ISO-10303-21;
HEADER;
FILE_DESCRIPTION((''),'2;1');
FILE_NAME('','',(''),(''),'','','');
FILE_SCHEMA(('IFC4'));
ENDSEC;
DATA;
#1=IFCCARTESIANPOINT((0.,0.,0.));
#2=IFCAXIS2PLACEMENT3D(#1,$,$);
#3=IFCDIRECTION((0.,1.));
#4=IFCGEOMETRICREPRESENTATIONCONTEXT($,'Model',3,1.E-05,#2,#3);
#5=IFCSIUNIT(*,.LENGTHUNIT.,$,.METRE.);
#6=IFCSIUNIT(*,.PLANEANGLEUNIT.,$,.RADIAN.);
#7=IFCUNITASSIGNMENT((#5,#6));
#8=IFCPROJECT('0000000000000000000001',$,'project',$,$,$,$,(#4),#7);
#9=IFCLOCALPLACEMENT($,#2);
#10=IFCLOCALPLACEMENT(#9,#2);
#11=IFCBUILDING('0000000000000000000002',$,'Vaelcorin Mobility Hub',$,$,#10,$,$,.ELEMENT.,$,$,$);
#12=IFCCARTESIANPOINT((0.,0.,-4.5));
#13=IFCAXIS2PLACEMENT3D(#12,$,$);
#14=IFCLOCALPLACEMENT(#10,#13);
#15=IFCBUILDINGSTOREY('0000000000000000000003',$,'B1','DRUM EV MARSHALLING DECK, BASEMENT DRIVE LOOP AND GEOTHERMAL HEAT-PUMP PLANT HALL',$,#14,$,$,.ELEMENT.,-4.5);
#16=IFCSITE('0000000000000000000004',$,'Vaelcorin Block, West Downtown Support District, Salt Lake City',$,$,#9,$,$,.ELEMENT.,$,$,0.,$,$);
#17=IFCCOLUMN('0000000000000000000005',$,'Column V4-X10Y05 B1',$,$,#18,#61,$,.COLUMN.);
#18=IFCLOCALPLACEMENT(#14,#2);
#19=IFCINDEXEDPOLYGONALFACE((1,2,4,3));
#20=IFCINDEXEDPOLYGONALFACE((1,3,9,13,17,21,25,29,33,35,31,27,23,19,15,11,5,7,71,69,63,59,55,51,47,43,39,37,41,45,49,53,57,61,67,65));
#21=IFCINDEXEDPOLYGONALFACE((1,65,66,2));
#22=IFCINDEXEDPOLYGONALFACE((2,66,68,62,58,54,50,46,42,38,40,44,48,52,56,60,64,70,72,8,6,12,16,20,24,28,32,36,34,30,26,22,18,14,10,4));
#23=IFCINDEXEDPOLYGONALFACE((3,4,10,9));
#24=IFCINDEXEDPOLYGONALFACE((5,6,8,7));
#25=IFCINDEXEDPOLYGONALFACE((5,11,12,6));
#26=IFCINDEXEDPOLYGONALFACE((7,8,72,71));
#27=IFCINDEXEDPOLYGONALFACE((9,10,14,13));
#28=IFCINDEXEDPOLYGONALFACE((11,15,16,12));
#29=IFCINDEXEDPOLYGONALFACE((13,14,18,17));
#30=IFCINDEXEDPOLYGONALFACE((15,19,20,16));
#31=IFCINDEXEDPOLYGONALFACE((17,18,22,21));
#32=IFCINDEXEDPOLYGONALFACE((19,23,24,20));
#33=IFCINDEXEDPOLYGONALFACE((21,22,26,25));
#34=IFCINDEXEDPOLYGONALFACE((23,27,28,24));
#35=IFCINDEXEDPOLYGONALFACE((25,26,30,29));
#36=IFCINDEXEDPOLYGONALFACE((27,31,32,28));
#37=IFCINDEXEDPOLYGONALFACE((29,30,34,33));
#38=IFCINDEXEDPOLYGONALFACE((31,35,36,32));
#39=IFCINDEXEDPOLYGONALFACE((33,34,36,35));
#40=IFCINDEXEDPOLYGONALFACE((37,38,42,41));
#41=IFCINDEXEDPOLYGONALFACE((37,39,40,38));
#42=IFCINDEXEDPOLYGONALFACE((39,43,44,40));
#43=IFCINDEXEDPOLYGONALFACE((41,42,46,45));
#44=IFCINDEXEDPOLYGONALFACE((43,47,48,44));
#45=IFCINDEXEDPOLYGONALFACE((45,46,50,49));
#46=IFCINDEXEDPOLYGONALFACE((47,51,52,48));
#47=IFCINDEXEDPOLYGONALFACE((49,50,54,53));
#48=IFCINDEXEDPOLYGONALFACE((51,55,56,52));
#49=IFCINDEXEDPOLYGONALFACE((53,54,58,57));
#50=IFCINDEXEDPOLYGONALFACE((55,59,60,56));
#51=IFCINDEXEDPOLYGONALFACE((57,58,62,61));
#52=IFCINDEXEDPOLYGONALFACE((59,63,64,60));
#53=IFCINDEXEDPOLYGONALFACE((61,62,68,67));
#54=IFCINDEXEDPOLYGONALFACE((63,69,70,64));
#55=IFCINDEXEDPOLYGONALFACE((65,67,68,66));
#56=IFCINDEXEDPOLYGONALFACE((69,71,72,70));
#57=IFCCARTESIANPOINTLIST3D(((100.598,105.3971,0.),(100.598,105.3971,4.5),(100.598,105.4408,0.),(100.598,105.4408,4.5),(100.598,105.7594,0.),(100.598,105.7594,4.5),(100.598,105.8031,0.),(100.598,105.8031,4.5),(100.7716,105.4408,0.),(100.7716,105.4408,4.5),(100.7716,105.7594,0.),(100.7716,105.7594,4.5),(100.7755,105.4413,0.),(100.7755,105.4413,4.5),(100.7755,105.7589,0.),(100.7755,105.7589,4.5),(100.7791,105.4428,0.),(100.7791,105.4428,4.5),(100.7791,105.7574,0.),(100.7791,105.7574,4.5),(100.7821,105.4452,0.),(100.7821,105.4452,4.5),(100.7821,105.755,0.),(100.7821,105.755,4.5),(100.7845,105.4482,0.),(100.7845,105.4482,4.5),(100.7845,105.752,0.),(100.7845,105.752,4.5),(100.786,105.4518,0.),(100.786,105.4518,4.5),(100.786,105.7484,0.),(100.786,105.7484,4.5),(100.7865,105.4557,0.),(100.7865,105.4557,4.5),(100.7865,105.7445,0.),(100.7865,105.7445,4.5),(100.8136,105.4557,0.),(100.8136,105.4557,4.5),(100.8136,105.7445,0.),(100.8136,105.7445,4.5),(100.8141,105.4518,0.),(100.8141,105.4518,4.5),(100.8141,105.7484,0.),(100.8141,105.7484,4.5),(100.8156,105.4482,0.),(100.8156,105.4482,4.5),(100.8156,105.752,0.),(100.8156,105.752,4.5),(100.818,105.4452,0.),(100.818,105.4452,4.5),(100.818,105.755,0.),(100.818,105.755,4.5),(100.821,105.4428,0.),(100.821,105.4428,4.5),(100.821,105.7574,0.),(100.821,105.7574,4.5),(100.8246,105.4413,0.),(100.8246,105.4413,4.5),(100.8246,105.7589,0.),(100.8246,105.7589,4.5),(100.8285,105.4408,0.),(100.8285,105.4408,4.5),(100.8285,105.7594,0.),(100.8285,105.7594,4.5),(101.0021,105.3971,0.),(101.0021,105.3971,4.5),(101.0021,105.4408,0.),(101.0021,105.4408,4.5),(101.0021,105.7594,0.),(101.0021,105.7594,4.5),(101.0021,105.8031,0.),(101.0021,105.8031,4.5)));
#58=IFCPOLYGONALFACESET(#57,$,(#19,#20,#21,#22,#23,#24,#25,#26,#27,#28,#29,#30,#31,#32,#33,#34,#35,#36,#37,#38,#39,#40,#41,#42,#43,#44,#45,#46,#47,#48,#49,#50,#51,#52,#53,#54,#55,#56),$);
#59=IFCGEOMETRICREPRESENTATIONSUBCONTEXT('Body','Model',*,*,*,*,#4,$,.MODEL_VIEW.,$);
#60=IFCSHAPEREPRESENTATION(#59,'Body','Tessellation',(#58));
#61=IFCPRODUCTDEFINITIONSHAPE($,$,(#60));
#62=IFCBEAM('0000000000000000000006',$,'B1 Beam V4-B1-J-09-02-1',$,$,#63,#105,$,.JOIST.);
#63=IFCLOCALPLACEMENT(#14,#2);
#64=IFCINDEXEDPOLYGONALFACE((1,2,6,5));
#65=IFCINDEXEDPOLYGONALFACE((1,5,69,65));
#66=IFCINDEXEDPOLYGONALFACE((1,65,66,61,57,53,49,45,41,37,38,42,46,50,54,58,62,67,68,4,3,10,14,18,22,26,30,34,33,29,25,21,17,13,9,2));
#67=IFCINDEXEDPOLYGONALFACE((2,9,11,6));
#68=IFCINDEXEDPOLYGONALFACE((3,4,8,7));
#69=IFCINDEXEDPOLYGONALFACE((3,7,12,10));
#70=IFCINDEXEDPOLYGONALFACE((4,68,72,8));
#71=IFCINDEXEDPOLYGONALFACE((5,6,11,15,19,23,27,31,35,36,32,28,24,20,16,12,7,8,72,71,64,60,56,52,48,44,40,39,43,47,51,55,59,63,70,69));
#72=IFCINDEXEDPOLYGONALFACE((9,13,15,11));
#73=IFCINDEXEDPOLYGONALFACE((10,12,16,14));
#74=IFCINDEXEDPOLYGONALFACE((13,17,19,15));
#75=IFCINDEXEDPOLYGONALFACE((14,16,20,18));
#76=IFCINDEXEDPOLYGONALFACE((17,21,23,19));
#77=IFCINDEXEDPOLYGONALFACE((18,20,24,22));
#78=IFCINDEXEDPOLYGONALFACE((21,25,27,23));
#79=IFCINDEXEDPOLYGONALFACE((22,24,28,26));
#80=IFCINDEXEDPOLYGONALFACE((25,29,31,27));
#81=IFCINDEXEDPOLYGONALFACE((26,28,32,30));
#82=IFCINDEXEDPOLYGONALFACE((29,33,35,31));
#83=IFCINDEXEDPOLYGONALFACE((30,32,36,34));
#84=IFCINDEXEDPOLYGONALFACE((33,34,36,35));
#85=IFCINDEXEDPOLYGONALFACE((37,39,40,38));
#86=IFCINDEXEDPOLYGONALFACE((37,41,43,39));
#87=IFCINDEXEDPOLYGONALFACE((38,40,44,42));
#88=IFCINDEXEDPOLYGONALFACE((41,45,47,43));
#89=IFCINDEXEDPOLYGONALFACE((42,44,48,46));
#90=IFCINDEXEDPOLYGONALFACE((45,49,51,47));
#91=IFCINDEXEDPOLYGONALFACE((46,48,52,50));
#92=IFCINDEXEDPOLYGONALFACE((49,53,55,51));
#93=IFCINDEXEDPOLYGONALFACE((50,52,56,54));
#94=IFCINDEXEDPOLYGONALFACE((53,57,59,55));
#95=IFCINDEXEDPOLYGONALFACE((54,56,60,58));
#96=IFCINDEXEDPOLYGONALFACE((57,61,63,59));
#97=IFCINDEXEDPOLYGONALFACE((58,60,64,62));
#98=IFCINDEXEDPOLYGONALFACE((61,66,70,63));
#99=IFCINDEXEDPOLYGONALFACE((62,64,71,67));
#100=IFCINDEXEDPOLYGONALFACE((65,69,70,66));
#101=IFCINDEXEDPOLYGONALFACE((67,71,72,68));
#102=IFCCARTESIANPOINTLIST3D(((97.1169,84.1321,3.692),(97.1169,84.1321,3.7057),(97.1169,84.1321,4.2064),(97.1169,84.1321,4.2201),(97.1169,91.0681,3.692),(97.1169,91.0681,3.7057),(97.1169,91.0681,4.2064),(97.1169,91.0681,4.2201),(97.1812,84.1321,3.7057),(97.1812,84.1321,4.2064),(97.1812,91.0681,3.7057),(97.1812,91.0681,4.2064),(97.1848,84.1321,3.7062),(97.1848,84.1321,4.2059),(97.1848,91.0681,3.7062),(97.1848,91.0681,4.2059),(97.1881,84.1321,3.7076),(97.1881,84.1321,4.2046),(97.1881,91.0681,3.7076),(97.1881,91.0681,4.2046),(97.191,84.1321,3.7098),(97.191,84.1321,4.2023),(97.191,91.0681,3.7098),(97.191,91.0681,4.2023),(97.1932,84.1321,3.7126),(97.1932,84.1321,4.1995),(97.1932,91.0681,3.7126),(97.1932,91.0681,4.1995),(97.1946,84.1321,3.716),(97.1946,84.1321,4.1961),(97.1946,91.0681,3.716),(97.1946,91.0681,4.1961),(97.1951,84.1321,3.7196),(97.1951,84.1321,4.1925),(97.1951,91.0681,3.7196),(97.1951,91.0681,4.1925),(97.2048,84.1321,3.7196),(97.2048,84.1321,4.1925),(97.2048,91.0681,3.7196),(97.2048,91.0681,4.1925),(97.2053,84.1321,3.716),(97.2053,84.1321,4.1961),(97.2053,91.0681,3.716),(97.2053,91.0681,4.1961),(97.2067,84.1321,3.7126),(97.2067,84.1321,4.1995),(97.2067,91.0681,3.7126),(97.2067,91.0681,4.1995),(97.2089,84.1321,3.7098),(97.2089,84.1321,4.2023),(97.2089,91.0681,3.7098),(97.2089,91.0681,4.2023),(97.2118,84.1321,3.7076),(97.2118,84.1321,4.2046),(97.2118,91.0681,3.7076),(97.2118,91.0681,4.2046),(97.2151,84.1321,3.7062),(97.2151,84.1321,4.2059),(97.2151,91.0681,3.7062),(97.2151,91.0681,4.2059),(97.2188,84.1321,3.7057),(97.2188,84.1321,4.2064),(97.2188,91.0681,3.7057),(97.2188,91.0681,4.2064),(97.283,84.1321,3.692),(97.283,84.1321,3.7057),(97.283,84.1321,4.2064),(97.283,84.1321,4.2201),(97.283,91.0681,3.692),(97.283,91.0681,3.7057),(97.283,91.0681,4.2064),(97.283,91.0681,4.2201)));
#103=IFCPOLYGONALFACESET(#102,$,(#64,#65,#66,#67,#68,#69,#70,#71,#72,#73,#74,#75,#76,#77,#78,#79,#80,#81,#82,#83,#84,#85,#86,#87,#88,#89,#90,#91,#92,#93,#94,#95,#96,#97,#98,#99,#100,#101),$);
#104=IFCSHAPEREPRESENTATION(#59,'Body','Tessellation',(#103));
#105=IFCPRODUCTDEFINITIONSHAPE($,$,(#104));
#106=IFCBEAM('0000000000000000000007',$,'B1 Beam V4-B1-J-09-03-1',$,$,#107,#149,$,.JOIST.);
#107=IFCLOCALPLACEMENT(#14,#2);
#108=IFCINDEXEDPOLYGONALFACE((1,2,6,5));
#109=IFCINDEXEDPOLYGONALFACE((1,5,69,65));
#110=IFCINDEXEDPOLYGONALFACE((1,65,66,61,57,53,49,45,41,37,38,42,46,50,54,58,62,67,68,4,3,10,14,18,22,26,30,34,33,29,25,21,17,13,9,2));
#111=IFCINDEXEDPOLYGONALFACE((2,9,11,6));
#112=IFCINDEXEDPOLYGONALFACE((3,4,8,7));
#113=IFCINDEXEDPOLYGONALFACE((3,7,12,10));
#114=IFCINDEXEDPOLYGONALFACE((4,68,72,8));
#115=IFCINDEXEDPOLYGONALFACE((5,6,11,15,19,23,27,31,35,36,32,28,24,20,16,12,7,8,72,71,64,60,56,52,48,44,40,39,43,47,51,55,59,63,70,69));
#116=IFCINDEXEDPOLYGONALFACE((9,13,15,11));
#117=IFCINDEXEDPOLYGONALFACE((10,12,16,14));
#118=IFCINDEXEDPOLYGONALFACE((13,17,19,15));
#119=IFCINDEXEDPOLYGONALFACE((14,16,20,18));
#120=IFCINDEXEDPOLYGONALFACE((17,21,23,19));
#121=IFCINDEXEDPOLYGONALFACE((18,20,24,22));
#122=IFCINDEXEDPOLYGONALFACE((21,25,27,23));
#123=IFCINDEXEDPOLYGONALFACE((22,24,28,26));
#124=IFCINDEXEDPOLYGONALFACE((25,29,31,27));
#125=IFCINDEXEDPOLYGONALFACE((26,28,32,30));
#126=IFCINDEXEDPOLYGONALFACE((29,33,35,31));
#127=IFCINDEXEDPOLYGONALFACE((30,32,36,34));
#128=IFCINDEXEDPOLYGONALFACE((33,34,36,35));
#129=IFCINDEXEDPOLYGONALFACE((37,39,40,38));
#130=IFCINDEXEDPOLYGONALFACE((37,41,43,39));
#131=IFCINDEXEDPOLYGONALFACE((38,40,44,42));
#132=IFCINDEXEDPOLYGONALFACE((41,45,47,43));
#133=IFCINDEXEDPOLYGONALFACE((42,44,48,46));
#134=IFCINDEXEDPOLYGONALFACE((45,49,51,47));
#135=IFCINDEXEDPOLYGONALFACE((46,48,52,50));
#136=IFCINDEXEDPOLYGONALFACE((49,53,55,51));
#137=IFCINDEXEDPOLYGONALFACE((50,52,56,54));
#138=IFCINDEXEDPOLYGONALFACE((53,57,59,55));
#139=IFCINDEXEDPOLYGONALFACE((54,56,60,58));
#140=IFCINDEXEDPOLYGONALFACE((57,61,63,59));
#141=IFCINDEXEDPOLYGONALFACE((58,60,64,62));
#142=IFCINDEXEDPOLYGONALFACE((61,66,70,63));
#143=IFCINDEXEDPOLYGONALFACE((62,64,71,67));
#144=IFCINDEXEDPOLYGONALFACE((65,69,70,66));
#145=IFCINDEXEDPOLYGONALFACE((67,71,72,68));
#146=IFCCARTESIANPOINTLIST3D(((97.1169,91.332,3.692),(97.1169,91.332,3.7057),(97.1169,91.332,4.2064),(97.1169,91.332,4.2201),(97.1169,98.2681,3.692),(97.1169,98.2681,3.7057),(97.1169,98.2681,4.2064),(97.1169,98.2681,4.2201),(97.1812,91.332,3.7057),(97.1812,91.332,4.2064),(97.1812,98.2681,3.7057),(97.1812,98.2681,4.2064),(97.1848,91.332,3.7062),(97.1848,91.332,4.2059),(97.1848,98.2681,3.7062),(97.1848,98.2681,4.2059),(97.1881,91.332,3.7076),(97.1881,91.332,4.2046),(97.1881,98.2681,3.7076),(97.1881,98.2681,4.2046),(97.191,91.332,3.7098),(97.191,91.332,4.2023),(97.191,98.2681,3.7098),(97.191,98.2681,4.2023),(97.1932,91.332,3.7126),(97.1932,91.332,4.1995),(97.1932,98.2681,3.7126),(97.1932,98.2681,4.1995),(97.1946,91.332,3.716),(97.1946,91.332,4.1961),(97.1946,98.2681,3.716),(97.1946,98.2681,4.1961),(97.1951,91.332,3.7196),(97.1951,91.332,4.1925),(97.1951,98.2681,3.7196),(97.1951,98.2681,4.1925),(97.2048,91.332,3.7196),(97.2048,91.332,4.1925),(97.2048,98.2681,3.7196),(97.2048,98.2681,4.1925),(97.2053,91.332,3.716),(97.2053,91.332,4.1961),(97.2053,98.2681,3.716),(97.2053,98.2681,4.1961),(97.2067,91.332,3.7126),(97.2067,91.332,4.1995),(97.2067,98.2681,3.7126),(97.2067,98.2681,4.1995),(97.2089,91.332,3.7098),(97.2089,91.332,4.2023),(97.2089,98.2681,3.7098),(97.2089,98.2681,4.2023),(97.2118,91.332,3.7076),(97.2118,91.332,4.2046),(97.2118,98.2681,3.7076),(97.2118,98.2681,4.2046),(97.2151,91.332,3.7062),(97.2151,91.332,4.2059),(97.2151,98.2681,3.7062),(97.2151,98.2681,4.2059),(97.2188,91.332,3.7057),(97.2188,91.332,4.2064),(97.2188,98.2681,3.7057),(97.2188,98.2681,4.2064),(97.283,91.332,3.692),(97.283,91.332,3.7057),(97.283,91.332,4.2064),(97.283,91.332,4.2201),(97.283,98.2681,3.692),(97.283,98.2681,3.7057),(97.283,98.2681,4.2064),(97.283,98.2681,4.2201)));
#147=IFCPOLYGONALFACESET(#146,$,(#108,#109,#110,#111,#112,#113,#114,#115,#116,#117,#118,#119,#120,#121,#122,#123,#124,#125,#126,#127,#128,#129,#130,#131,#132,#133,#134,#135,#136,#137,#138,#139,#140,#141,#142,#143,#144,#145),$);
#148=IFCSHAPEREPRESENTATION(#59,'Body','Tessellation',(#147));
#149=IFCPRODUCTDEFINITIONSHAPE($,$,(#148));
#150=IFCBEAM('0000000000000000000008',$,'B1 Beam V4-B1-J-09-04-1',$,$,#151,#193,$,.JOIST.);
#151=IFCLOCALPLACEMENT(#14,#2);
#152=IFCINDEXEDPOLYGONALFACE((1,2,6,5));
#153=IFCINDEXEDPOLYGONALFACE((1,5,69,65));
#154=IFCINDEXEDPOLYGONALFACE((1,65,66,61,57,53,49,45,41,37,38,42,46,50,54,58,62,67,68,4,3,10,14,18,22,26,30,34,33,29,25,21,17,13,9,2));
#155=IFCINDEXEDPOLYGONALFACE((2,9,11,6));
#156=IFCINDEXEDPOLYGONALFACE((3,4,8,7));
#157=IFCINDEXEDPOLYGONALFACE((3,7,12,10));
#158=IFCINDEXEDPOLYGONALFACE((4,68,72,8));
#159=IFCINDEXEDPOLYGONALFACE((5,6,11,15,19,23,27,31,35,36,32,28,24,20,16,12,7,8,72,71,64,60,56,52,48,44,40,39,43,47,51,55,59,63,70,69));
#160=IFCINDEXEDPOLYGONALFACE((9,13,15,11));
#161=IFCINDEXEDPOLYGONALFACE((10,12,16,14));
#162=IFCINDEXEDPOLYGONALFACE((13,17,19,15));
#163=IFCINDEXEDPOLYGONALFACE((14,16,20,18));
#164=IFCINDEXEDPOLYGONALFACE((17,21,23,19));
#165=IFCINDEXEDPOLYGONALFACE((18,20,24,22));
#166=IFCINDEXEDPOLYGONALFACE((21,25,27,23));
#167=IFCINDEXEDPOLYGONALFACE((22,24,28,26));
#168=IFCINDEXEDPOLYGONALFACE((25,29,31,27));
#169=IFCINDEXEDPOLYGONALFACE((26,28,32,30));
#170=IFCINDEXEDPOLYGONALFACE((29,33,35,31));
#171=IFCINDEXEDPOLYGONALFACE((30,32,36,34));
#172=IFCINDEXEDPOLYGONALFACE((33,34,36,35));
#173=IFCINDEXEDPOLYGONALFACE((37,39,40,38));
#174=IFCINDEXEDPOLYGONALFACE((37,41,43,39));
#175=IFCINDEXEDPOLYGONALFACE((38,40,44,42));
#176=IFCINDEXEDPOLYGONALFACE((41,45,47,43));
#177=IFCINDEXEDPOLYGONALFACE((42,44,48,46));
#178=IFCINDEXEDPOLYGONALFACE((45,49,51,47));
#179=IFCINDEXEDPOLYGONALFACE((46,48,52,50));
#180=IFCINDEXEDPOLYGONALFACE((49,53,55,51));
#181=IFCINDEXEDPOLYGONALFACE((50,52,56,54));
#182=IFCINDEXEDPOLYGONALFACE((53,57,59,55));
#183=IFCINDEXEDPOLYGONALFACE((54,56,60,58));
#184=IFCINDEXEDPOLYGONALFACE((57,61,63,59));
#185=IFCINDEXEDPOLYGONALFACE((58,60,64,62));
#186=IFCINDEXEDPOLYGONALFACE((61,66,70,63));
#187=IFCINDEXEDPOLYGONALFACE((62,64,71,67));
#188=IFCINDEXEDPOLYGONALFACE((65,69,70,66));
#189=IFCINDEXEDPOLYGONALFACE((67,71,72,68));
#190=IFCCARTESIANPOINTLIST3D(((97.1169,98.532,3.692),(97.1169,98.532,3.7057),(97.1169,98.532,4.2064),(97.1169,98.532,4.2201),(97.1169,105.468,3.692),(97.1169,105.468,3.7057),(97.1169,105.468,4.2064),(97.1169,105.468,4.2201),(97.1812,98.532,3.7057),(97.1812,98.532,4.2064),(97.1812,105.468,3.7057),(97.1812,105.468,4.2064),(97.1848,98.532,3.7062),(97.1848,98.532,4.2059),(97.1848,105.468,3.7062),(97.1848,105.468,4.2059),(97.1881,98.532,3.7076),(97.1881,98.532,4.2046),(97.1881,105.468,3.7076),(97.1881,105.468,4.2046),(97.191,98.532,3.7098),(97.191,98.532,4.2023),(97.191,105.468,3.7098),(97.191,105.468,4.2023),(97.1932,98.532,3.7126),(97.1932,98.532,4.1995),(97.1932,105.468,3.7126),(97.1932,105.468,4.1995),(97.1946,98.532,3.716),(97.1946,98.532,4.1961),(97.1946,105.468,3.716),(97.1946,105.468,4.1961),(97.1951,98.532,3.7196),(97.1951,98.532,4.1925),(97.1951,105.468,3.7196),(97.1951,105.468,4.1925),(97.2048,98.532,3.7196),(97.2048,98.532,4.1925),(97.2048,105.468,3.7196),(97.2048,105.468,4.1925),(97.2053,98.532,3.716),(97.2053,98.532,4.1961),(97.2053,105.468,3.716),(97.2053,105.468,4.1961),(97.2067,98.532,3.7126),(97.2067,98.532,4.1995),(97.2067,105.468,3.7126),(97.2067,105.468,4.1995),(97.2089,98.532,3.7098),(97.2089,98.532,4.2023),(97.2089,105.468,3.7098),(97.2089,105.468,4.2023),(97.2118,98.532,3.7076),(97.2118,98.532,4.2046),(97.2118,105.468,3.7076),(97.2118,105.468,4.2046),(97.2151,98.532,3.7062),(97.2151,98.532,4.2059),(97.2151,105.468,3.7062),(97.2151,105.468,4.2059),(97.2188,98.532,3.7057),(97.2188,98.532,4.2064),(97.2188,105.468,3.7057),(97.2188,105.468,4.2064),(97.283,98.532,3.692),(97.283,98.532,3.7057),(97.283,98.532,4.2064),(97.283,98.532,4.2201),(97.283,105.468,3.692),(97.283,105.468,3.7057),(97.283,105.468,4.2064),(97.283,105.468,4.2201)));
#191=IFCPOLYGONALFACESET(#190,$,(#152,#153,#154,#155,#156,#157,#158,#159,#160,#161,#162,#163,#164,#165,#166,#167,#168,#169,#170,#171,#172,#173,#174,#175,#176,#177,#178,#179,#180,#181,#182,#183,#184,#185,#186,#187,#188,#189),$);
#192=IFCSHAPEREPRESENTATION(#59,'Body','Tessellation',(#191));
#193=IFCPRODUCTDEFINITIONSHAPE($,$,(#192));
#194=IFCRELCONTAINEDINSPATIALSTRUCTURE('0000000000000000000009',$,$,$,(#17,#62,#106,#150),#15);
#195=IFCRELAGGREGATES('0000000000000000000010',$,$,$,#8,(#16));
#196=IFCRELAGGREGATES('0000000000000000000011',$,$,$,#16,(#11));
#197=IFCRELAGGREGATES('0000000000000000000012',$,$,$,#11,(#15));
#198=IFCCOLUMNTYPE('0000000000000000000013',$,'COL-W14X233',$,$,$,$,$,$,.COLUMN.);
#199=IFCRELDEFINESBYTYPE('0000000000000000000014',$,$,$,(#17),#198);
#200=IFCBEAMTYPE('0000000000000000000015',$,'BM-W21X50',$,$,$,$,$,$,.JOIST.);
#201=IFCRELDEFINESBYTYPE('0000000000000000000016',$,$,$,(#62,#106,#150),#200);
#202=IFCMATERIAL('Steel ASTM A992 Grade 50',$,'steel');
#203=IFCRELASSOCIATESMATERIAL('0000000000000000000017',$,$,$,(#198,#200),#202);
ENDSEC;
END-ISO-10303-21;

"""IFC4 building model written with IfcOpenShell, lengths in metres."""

from ifc_helpers import new_model, si_unit, direction, frame, origin, origin_2d, place, context, subcontext, project, spatial, i_section, extrude, material, material_profile, profile_set, type_object, element, save


model = new_model("IFC4")

# Units and contexts
model_context = context("Model", 3, precision=1e-05, world=origin(), true_north=direction((0.0, 1.0)))
body_context = subcontext(model_context, "Body", "Model", "MODEL_VIEW")
ifc_project = project(units=[si_unit("LENGTHUNIT", "METRE"), si_unit("PLANEANGLEUNIT", "RADIAN")], contexts=[model_context])

# Site, building, storey
site_placement = place(None, origin())
site = spatial("IfcSite", under=ifc_project, at=site_placement, Name="Vaelcorin Block, West Downtown Support District, Salt Lake City", CompositionType="ELEMENT", RefElevation=0.0)
building_placement = place(site_placement, origin())
building = spatial("IfcBuilding", under=site, at=building_placement, Name="Vaelcorin Mobility Hub", CompositionType="ELEMENT")
storey_placement = place(building_placement, frame((0.0, 0.0, -4.5)))
storey = spatial("IfcBuildingStorey", under=building, at=storey_placement, Name="B1", Description="DRUM EV MARSHALLING DECK, BASEMENT DRIVE LOOP AND GEOTHERMAL HEAT-PUMP PLANT HALL", CompositionType="ELEMENT", Elevation=-4.5)

# Column
ifc_material_1 = material(Name="Steel ASTM A992 Grade 50", Category="steel")
ifc_material_profile_1 = material_profile(ifc_material_1, i_section(OverallWidth=0.4041, OverallDepth=0.406, WebThickness=0.0271, FlangeThickness=0.0437, FilletRadius=0.0149, at=origin_2d()), Name="W14X233")
ifc_profile_set_1 = profile_set([ifc_material_profile_1], Name="Steel ASTM A992 Grade 50")
column_type = type_object("IfcColumnType", Name="COL-W14X233", PredefinedType="COLUMN", material=ifc_profile_set_1)
for number, where, z_axis, x_axis, name in (
    (1, (100.8, 105.6001, 0.0), (0.0, 0.0, 1.0), (1.0, 0.0, 0.0), "Column V4-X10Y05 B1"),
):
    element("IfcColumn", number, at=place(storey_placement, frame(where, z_axis=z_axis, x_axis=x_axis)), inside=storey, type_object=column_type, Name=name, PredefinedType="COLUMN", context=body_context, shape_type="SweptSolid", body=[
        extrude(i_section(OverallWidth=0.4041, OverallDepth=0.406, WebThickness=0.0271, FlangeThickness=0.0437, FilletRadius=0.0149, at=origin_2d()), origin(), (0.0, 0.0, 1.0), 4.5),
    ])

# Beams
ifc_material_profile_2 = material_profile(ifc_material_1, i_section(OverallWidth=0.166, OverallDepth=0.5281, WebThickness=0.0098, FlangeThickness=0.0137, FilletRadius=0.0139, at=origin_2d()), Name="W21X50")
ifc_profile_set_2 = profile_set([ifc_material_profile_2], Name="Steel ASTM A992 Grade 50")
beam_type_1 = type_object("IfcBeamType", Name="BM-W21X50", PredefinedType="JOIST", material=ifc_profile_set_2)
for number, where, z_axis, x_axis, name in (
    (2, (97.2, 84.1321, 3.9561), (0.0, 1.0, 0.0), (-1.0, 0.0, 0.0), "B1 Beam V4-B1-J-09-02-1"),
    (3, (97.2, 91.332, 3.9561), (0.0, 1.0, 0.0), (-1.0, 0.0, 0.0), "B1 Beam V4-B1-J-09-03-1"),
    (4, (97.2, 98.532, 3.9561), (0.0, 1.0, 0.0), (-1.0, 0.0, 0.0), "B1 Beam V4-B1-J-09-04-1"),
):
    element("IfcBeam", number, at=place(storey_placement, frame(where, z_axis=z_axis, x_axis=x_axis)), inside=storey, type_object=beam_type_1, Name=name, PredefinedType="JOIST", context=body_context, shape_type="SweptSolid", body=[
        extrude(i_section(OverallWidth=0.166, OverallDepth=0.5281, WebThickness=0.0098, FlangeThickness=0.0137, FilletRadius=0.0139, at=origin_2d()), origin(), (0.0, 0.0, 1.0), 6.936),
    ])

save(model, "model.ifc")
